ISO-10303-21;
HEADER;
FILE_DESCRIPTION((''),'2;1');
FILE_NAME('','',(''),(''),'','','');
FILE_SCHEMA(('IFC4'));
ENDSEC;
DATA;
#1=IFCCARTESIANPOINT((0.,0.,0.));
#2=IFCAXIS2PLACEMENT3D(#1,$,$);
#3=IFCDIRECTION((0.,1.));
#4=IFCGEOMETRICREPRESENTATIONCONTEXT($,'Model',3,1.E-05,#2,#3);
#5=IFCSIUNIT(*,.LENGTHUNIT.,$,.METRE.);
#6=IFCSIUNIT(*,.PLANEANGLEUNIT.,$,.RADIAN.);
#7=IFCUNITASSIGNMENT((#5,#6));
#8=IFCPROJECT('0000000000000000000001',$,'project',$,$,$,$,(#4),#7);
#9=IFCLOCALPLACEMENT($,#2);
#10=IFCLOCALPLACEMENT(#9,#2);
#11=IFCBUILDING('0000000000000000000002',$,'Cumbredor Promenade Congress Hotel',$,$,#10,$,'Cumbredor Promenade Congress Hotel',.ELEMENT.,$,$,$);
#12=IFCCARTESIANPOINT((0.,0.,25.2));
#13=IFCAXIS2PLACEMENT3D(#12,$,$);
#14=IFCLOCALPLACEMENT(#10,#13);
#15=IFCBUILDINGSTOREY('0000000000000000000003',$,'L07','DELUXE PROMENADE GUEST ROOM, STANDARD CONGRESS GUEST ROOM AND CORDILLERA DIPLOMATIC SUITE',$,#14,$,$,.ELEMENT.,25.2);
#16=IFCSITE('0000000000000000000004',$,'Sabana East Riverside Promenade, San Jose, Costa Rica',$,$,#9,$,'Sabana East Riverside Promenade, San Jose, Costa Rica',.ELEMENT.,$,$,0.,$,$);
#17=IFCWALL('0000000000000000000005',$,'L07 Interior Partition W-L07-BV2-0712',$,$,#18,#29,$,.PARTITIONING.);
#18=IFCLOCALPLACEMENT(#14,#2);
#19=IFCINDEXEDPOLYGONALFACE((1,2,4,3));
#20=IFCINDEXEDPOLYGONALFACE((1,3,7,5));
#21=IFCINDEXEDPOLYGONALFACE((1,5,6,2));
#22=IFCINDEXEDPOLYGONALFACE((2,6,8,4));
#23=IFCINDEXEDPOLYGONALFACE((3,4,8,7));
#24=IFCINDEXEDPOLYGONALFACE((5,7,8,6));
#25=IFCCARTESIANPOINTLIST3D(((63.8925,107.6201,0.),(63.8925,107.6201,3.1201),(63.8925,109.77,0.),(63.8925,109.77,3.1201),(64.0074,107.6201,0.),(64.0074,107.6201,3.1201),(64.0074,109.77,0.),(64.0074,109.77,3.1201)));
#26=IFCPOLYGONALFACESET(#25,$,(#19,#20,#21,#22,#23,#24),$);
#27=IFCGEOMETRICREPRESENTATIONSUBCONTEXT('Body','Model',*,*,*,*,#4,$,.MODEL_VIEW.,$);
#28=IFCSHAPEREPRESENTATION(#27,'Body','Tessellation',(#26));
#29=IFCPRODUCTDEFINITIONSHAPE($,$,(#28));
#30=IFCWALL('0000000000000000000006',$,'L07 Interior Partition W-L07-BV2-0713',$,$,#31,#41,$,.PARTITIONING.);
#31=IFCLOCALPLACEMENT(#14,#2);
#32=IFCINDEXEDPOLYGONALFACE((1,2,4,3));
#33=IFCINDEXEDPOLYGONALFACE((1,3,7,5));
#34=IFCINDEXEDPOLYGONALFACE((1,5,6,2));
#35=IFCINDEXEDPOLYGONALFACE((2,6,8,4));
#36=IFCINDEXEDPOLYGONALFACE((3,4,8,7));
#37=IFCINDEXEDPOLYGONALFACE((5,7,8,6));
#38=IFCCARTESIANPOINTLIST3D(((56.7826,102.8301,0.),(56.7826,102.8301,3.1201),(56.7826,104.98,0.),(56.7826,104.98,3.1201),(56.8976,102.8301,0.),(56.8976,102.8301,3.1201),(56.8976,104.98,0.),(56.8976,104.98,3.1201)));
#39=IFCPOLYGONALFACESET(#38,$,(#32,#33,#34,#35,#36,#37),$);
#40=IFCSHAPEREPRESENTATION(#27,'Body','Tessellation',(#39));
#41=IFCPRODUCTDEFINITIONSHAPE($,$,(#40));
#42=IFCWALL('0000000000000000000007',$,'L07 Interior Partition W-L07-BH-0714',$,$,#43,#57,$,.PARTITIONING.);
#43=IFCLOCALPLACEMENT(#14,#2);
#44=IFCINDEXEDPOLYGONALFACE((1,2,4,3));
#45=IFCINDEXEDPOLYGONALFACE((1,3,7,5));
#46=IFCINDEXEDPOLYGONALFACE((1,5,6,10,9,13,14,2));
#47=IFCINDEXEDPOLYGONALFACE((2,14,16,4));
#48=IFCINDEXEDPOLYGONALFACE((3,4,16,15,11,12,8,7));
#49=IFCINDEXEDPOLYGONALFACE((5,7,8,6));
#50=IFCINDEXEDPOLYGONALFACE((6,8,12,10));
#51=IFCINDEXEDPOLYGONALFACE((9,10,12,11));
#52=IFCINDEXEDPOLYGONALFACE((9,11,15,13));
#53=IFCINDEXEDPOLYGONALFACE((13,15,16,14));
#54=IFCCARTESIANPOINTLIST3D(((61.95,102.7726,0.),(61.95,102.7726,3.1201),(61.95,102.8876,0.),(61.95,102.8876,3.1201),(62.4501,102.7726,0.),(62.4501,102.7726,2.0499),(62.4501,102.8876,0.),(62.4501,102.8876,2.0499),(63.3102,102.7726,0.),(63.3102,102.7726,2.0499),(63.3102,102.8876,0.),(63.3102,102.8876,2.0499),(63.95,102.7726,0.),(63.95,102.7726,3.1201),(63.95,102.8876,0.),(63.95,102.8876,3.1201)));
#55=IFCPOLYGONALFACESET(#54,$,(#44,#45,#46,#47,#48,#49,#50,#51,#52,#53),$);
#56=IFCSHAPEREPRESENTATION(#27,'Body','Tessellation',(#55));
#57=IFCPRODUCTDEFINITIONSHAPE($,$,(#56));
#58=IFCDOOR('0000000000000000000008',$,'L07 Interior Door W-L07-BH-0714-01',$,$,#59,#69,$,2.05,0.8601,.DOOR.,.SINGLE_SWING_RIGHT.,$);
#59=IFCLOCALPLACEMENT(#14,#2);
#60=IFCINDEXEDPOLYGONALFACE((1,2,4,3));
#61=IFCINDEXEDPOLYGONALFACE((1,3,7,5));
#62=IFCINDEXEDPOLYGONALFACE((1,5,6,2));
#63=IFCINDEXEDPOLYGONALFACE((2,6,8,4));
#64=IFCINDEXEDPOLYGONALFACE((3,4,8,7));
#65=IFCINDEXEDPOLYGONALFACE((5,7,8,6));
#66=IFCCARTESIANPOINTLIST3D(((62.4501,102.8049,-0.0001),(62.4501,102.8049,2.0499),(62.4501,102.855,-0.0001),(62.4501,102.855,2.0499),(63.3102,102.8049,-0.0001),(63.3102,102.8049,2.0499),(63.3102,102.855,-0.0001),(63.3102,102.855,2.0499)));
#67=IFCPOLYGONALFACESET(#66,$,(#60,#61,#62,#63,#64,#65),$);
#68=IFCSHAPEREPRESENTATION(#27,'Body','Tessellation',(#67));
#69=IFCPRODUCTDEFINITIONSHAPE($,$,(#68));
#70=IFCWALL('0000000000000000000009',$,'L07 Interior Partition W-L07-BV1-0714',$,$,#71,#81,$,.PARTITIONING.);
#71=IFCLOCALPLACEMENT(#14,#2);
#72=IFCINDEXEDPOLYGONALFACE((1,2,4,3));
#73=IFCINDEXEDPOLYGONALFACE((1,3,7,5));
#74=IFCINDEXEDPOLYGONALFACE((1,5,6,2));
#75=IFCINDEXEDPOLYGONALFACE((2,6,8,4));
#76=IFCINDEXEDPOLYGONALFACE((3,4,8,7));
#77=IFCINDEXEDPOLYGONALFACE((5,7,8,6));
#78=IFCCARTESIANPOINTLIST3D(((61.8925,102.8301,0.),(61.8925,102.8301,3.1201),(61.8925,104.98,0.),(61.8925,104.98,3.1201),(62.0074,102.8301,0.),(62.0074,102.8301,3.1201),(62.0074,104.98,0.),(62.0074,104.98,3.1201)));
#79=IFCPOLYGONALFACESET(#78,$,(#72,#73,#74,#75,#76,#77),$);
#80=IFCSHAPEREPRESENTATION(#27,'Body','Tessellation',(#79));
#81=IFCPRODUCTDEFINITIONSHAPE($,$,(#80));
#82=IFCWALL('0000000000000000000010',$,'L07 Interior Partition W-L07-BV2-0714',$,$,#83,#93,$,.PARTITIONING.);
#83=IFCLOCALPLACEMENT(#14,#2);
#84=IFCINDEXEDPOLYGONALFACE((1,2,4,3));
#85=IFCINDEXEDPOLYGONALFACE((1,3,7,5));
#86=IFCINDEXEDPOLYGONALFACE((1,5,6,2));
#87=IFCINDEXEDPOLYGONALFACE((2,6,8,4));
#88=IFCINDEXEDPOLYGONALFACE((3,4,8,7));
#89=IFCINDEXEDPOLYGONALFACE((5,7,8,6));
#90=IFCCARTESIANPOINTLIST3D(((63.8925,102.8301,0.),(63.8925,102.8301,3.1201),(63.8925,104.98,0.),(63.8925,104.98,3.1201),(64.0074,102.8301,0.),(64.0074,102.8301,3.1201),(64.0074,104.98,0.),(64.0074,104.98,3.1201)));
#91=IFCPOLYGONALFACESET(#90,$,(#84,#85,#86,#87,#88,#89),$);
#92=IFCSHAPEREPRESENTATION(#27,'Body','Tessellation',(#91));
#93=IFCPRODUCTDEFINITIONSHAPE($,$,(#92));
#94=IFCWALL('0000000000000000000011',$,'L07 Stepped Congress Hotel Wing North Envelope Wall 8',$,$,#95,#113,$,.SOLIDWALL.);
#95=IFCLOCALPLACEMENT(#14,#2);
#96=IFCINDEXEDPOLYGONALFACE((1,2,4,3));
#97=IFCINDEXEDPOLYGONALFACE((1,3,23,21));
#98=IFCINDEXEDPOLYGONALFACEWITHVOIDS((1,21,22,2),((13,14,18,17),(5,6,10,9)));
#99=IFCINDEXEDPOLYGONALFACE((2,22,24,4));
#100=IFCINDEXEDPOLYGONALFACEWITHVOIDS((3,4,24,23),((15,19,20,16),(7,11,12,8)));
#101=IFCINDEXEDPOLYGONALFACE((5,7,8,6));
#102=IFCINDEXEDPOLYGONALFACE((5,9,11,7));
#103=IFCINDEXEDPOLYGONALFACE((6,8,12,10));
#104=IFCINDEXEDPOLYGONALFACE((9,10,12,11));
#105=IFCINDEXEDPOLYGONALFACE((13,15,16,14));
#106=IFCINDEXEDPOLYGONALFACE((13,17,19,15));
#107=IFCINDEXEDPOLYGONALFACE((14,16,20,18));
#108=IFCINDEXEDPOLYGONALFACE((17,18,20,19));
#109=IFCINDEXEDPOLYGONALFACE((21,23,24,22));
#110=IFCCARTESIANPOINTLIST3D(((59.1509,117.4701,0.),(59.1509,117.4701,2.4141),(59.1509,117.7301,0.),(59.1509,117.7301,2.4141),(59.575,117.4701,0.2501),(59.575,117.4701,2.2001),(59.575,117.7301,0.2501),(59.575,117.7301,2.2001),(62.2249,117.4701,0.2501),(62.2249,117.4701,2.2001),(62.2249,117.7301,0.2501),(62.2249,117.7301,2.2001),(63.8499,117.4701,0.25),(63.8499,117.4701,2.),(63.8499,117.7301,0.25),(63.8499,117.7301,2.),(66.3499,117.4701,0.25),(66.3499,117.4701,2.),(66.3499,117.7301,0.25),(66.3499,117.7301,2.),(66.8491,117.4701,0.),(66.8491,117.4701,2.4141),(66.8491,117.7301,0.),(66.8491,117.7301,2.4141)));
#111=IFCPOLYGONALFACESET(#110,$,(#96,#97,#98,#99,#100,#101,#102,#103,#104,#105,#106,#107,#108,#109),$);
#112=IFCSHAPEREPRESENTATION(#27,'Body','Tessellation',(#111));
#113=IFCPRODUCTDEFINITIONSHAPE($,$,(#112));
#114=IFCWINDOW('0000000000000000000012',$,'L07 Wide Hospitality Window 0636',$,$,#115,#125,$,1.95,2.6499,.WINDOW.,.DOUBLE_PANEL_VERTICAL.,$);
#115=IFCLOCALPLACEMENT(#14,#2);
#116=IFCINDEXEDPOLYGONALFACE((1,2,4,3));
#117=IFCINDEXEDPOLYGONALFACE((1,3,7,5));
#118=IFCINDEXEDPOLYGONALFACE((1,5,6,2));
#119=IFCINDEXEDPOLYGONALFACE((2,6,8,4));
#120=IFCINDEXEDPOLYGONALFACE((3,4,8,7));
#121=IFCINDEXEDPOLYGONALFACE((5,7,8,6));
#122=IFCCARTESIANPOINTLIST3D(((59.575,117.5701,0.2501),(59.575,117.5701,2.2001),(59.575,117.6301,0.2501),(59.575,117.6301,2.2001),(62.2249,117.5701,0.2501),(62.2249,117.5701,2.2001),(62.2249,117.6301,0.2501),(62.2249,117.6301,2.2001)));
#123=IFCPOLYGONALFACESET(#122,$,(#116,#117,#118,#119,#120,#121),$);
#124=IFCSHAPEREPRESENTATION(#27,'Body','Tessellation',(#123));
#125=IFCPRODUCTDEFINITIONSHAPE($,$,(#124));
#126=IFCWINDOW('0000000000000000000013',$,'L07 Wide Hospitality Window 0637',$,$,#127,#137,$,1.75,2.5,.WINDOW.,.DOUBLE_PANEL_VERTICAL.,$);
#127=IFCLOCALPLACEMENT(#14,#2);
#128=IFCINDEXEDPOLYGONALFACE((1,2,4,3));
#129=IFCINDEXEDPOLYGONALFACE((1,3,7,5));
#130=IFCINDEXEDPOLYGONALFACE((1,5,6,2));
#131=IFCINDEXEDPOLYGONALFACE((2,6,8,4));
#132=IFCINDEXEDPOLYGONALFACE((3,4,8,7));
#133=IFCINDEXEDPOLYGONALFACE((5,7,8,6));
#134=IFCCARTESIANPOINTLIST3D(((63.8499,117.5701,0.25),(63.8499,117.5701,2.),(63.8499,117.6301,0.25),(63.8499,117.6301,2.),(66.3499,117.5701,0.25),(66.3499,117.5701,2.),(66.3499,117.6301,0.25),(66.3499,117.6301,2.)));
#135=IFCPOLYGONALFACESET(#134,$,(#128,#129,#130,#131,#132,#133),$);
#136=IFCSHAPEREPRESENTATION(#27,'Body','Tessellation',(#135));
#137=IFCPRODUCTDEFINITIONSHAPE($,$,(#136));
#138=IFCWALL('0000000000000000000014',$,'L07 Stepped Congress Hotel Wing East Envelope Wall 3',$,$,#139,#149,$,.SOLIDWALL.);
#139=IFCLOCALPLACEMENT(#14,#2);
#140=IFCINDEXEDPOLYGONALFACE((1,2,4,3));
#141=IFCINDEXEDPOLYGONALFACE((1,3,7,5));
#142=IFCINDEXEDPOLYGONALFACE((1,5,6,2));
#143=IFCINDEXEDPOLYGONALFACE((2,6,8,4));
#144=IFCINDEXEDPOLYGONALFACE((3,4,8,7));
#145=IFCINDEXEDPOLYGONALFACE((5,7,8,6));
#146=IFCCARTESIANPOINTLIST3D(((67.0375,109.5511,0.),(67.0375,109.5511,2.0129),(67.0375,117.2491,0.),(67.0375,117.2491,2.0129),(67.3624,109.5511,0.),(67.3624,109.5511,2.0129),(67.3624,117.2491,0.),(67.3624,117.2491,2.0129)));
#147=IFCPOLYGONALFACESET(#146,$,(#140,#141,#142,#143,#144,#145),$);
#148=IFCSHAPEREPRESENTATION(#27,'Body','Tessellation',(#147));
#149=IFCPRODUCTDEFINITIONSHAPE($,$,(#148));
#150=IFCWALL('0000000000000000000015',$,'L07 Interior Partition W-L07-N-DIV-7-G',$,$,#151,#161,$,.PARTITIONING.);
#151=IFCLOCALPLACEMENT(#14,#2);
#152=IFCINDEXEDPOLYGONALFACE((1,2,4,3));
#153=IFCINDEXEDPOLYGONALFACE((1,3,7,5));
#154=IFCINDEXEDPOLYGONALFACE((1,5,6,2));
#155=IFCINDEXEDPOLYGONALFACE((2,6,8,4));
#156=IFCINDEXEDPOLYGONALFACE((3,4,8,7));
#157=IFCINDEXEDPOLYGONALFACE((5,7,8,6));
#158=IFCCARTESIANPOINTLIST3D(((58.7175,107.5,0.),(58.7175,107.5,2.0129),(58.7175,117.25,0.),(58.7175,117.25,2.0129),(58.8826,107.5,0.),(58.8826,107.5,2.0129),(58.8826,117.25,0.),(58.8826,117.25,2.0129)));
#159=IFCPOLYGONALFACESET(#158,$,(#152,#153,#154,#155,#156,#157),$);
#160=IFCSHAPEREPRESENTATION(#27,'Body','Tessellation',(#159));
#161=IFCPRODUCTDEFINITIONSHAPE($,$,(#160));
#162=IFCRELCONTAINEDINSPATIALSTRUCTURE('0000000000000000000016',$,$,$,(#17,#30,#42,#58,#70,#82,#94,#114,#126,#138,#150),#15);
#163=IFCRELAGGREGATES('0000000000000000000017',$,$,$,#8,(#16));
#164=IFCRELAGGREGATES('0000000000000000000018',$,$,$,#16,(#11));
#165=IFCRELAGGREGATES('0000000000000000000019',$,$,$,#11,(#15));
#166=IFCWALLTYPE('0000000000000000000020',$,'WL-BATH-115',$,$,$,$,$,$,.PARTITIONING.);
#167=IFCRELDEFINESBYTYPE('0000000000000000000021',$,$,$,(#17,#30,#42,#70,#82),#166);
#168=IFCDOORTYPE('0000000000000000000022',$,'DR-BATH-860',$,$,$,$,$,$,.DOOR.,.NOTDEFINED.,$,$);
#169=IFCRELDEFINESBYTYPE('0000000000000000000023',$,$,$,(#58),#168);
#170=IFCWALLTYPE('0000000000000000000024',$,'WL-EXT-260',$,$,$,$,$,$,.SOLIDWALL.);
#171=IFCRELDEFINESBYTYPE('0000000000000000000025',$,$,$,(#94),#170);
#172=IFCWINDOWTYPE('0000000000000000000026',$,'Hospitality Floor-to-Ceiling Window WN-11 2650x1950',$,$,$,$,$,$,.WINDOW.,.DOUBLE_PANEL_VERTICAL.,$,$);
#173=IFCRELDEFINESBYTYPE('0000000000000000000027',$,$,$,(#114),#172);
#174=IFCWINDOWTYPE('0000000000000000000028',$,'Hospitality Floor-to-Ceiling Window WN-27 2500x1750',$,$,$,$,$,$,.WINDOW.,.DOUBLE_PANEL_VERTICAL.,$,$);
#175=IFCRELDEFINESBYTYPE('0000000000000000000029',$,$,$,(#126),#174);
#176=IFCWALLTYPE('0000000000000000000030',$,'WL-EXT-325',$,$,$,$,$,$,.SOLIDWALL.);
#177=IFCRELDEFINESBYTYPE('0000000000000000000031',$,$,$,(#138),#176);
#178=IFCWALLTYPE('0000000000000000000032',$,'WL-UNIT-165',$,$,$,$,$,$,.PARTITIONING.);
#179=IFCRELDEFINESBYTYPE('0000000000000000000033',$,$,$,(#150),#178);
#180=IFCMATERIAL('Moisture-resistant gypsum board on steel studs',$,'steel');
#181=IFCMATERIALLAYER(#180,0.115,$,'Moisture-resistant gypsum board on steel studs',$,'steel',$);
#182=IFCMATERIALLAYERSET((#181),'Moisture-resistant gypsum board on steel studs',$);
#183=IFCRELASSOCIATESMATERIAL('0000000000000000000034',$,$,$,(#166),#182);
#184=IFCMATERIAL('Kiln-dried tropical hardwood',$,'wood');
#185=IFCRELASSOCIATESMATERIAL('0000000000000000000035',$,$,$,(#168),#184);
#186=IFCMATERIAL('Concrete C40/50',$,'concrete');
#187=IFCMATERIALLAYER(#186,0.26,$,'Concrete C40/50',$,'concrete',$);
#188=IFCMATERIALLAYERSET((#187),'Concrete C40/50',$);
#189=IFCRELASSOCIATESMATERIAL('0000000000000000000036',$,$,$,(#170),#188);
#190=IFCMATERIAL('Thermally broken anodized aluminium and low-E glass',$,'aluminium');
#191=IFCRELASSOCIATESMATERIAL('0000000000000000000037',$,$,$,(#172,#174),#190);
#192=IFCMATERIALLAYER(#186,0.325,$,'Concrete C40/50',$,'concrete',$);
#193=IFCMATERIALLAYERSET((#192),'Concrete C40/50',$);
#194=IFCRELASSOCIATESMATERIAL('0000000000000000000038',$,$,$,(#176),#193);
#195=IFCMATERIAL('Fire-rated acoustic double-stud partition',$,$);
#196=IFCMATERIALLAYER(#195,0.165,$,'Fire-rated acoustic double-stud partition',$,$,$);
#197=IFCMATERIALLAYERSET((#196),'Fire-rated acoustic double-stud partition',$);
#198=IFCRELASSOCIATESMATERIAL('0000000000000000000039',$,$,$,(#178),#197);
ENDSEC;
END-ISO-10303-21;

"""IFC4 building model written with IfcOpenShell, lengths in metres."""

from ifc_helpers import new_model, si_unit, direction, frame, frame_2d, origin, place, context, subcontext, project, spatial, rectangle, extrude, material, layer, layer_set, type_object, element, fill, save


model = new_model("IFC4")

# Units and contexts
model_context = context("Model", 3, precision=1e-05, world=origin(), true_north=direction((0.0, 1.0)))
body_context = subcontext(model_context, "Body", "Model", "MODEL_VIEW")
ifc_project = project(units=[si_unit("LENGTHUNIT", "METRE"), si_unit("PLANEANGLEUNIT", "RADIAN")], contexts=[model_context])

# Site, building, storey
site_placement = place(None, origin())
site = spatial("IfcSite", under=ifc_project, at=site_placement, Name="Sabana East Riverside Promenade, San Jose, Costa Rica", LongName="Sabana East Riverside Promenade, San Jose, Costa Rica", CompositionType="ELEMENT", RefElevation=0.0)
building_placement = place(site_placement, origin())
building = spatial("IfcBuilding", under=site, at=building_placement, Name="Cumbredor Promenade Congress Hotel", LongName="Cumbredor Promenade Congress Hotel", CompositionType="ELEMENT")
storey_placement = place(building_placement, frame((0.0, 0.0, 25.2)))
storey = spatial("IfcBuildingStorey", under=building, at=storey_placement, Name="L07", Description="DELUXE PROMENADE GUEST ROOM, STANDARD CONGRESS GUEST ROOM AND CORDILLERA DIPLOMATIC SUITE", CompositionType="ELEMENT", Elevation=25.2)

# Shared definitions
ifc_material_1 = material(Name="Concrete C40/50", Category="concrete")

# Shared definitions
ifc_material_2 = material(Name="Thermally broken anodized aluminium and low-E glass", Category="aluminium")

# Shared definitions
ifc_material_3 = material(Name="Kiln-dried tropical hardwood", Category="wood")

# Shared definitions
ifc_material_4 = material(Name="Moisture-resistant gypsum board on steel studs", Category="steel")
ifc_layer_1 = layer(ifc_material_4, 0.115, Name="Moisture-resistant gypsum board on steel studs", Category="steel")
ifc_layer_set_1 = layer_set([ifc_layer_1], Name="Moisture-resistant gypsum board on steel studs")
wall_type_1 = type_object("IfcWallType", Name="WL-BATH-115", PredefinedType="PARTITIONING", material=ifc_layer_set_1)

# Shared definitions
door_type = type_object("IfcDoorType", Name="DR-BATH-860", OperationType="NOTDEFINED", PredefinedType="DOOR", material=ifc_material_3)

# Walls
for number, where, z_axis, x_axis, name in (
    (1, (63.95, 107.6201, 0.0), (0.0, 0.0, 1.0), (0.0, 1.0, 0.0), "L07 Interior Partition W-L07-BV2-0712"),
    (2, (56.8401, 102.8301, 0.0), (0.0, 0.0, 1.0), (0.0, 1.0, 0.0), "L07 Interior Partition W-L07-BV2-0713"),
):
    element("IfcWall", number, at=place(storey_placement, frame(where, z_axis=z_axis, x_axis=x_axis)), inside=storey, type_object=wall_type_1, Name=name, PredefinedType="PARTITIONING", context=body_context, shape_type="SweptSolid", body=[
        extrude(rectangle(XDim=2.1499, YDim=0.115, at=frame_2d((1.075, 0.0))), origin(), (0.0, 0.0, 1.0), 3.1201),
    ])

# Wall, opening, door
wall_1_placement = place(storey_placement, frame((61.95, 102.8301, 0.0), z_axis=(0.0, 0.0, 1.0), x_axis=(1.0, 0.0, 0.0)))
wall_1 = element("IfcWall", 3, at=wall_1_placement, inside=storey, type_object=wall_type_1, Name="L07 Interior Partition W-L07-BH-0714", PredefinedType="PARTITIONING", context=body_context, shape_type="SweptSolid", body=[
    extrude(rectangle(XDim=2.0, YDim=0.115, at=frame_2d((1.0, 0.0))), origin(), (0.0, 0.0, 1.0), 3.1201),
])
opening_1_placement = place(wall_1_placement, frame((0.5, 0.0, 0.0)))
opening_1 = element("IfcOpeningElement", 4, at=opening_1_placement, cuts=wall_1, PredefinedType="OPENING", context=body_context, shape_type="SweptSolid", body=[
    extrude(rectangle(XDim=0.8601, YDim=2.05, at=frame_2d((0.4302, 1.0249))), frame((0.0, 0.0674, 0.0), z_axis=(0.0, -1.0, 0.0), x_axis=(1.0, 0.0, 0.0)), (0.0, 0.0, 1.0), 0.135),
])
door_1_placement = place(opening_1_placement, origin())
door_1 = element("IfcDoor", 5, at=door_1_placement, inside=storey, type_object=door_type, Name="L07 Interior Door W-L07-BH-0714-01", OperationType="SINGLE_SWING_RIGHT", OverallHeight=2.05, OverallWidth=0.8601, PredefinedType="DOOR", context=body_context, shape_type="SweptSolid", body=[
    extrude(rectangle(XDim=0.8601, YDim=2.05, at=frame_2d((0.4302, 1.0249))), frame((0.0, 0.0249, 0.0), z_axis=(0.0, -1.0, 0.0), x_axis=(1.0, 0.0, 0.0)), (0.0, 0.0, 1.0), 0.05),
])
fill(opening_1, door_1)

# Walls
for number, where, z_axis, x_axis, name in (
    (6, (61.95, 102.8301, 0.0), (0.0, 0.0, 1.0), (0.0, 1.0, 0.0), "L07 Interior Partition W-L07-BV1-0714"),
    (7, (63.95, 102.8301, 0.0), (0.0, 0.0, 1.0), (0.0, 1.0, 0.0), "L07 Interior Partition W-L07-BV2-0714"),
):
    element("IfcWall", number, at=place(storey_placement, frame(where, z_axis=z_axis, x_axis=x_axis)), inside=storey, type_object=wall_type_1, Name=name, PredefinedType="PARTITIONING", context=body_context, shape_type="SweptSolid", body=[
        extrude(rectangle(XDim=2.1499, YDim=0.115, at=frame_2d((1.075, 0.0))), origin(), (0.0, 0.0, 1.0), 3.1201),
    ])

# Wall, openings, windows
ifc_layer_2 = layer(ifc_material_1, 0.26, Name="Concrete C40/50", Category="concrete")
ifc_layer_set_2 = layer_set([ifc_layer_2], Name="Concrete C40/50")
wall_type_2 = type_object("IfcWallType", Name="WL-EXT-260", PredefinedType="SOLIDWALL", material=ifc_layer_set_2)
wall_2_placement = place(storey_placement, frame((59.1509, 117.6001, 0.0), z_axis=(0.0, 0.0, 1.0), x_axis=(1.0, 0.0, 0.0)))
wall_2 = element("IfcWall", 8, at=wall_2_placement, inside=storey, type_object=wall_type_2, Name="L07 Stepped Congress Hotel Wing North Envelope Wall 8", PredefinedType="SOLIDWALL", context=body_context, shape_type="SweptSolid", body=[
    extrude(rectangle(XDim=7.6982, YDim=0.26, at=frame_2d((3.8491, 0.0))), origin(), (0.0, 0.0, 1.0), 2.4141),
])
opening_2_placement = place(wall_2_placement, frame((0.4241, 0.0, 0.25)))
opening_2 = element("IfcOpeningElement", 9, at=opening_2_placement, cuts=wall_2, PredefinedType="OPENING", context=body_context, shape_type="SweptSolid", body=[
    extrude(rectangle(XDim=2.6499, YDim=1.95, at=frame_2d((1.325, 0.9751))), frame((0.0, 0.1401, 0.0), z_axis=(0.0, -1.0, 0.0), x_axis=(1.0, 0.0, 0.0)), (0.0, 0.0, 1.0), 0.28),
])
opening_3_placement = place(wall_2_placement, frame((4.699, 0.0, 0.25)))
opening_3 = element("IfcOpeningElement", 10, at=opening_3_placement, cuts=wall_2, PredefinedType="OPENING", context=body_context, shape_type="SweptSolid", body=[
    extrude(rectangle(XDim=2.5, YDim=1.75, at=frame_2d((1.25, 0.875))), frame((0.0, 0.1401, 0.0), z_axis=(0.0, -1.0, 0.0), x_axis=(1.0, 0.0, 0.0)), (0.0, 0.0, 1.0), 0.28),
])
window_type_1 = type_object("IfcWindowType", Name="Hospitality Floor-to-Ceiling Window WN-11 2650x1950", PartitioningType="DOUBLE_PANEL_VERTICAL", PredefinedType="WINDOW", material=ifc_material_2)
window_1_placement = place(opening_2_placement, origin())
window_1 = element("IfcWindow", 11, at=window_1_placement, inside=storey, type_object=window_type_1, Name="L07 Wide Hospitality Window 0636", OverallHeight=1.95, OverallWidth=2.6499, PartitioningType="DOUBLE_PANEL_VERTICAL", PredefinedType="WINDOW", context=body_context, shape_type="SweptSolid", body=[
    extrude(rectangle(XDim=2.6499, YDim=1.95, at=frame_2d((1.325, 0.9751))), frame((0.0, 0.03, 0.0), z_axis=(0.0, -1.0, 0.0), x_axis=(1.0, 0.0, 0.0)), (0.0, 0.0, 1.0), 0.0601),
])
fill(opening_2, window_1)
window_type_2 = type_object("IfcWindowType", Name="Hospitality Floor-to-Ceiling Window WN-27 2500x1750", PartitioningType="DOUBLE_PANEL_VERTICAL", PredefinedType="WINDOW", material=ifc_material_2)
window_2_placement = place(opening_3_placement, origin())
window_2 = element("IfcWindow", 12, at=window_2_placement, inside=storey, type_object=window_type_2, Name="L07 Wide Hospitality Window 0637", OverallHeight=1.75, OverallWidth=2.5, PartitioningType="DOUBLE_PANEL_VERTICAL", PredefinedType="WINDOW", context=body_context, shape_type="SweptSolid", body=[
    extrude(rectangle(XDim=2.5, YDim=1.75, at=frame_2d((1.25, 0.875))), frame((0.0, 0.03, 0.0), z_axis=(0.0, -1.0, 0.0), x_axis=(1.0, 0.0, 0.0)), (0.0, 0.0, 1.0), 0.0601),
])
fill(opening_3, window_2)

# Walls
ifc_layer_3 = layer(ifc_material_1, 0.325, Name="Concrete C40/50", Category="concrete")
ifc_layer_set_3 = layer_set([ifc_layer_3], Name="Concrete C40/50")
wall_type_3 = type_object("IfcWallType", Name="WL-EXT-325", PredefinedType="SOLIDWALL", material=ifc_layer_set_3)
wall_3_placement = place(storey_placement, frame((67.2, 109.551, 0.0), z_axis=(0.0, 0.0, 1.0), x_axis=(0.0, 1.0, 0.0)))
element("IfcWall", 13, at=wall_3_placement, inside=storey, type_object=wall_type_3, Name="L07 Stepped Congress Hotel Wing East Envelope Wall 3", PredefinedType="SOLIDWALL", context=body_context, shape_type="SweptSolid", body=[
    extrude(rectangle(XDim=7.698, YDim=0.325, at=frame_2d((3.8491, 0.0))), origin(), (0.0, 0.0, 1.0), 2.0129),
])
ifc_material_5 = material(Name="Fire-rated acoustic double-stud partition")
ifc_layer_4 = layer(ifc_material_5, 0.165, Name="Fire-rated acoustic double-stud partition")
ifc_layer_set_4 = layer_set([ifc_layer_4], Name="Fire-rated acoustic double-stud partition")
wall_type_4 = type_object("IfcWallType", Name="WL-UNIT-165", PredefinedType="PARTITIONING", material=ifc_layer_set_4)
wall_4_placement = place(storey_placement, frame((58.8, 107.5, 0.0), z_axis=(0.0, 0.0, 1.0), x_axis=(0.0, 1.0, 0.0)))
element("IfcWall", 14, at=wall_4_placement, inside=storey, type_object=wall_type_4, Name="L07 Interior Partition W-L07-N-DIV-7-G", PredefinedType="PARTITIONING", context=body_context, shape_type="SweptSolid", body=[
    extrude(rectangle(XDim=9.75, YDim=0.165, at=frame_2d((4.875, 0.0))), origin(), (0.0, 0.0, 1.0), 2.0129),
])

save(model, "model.ifc")
